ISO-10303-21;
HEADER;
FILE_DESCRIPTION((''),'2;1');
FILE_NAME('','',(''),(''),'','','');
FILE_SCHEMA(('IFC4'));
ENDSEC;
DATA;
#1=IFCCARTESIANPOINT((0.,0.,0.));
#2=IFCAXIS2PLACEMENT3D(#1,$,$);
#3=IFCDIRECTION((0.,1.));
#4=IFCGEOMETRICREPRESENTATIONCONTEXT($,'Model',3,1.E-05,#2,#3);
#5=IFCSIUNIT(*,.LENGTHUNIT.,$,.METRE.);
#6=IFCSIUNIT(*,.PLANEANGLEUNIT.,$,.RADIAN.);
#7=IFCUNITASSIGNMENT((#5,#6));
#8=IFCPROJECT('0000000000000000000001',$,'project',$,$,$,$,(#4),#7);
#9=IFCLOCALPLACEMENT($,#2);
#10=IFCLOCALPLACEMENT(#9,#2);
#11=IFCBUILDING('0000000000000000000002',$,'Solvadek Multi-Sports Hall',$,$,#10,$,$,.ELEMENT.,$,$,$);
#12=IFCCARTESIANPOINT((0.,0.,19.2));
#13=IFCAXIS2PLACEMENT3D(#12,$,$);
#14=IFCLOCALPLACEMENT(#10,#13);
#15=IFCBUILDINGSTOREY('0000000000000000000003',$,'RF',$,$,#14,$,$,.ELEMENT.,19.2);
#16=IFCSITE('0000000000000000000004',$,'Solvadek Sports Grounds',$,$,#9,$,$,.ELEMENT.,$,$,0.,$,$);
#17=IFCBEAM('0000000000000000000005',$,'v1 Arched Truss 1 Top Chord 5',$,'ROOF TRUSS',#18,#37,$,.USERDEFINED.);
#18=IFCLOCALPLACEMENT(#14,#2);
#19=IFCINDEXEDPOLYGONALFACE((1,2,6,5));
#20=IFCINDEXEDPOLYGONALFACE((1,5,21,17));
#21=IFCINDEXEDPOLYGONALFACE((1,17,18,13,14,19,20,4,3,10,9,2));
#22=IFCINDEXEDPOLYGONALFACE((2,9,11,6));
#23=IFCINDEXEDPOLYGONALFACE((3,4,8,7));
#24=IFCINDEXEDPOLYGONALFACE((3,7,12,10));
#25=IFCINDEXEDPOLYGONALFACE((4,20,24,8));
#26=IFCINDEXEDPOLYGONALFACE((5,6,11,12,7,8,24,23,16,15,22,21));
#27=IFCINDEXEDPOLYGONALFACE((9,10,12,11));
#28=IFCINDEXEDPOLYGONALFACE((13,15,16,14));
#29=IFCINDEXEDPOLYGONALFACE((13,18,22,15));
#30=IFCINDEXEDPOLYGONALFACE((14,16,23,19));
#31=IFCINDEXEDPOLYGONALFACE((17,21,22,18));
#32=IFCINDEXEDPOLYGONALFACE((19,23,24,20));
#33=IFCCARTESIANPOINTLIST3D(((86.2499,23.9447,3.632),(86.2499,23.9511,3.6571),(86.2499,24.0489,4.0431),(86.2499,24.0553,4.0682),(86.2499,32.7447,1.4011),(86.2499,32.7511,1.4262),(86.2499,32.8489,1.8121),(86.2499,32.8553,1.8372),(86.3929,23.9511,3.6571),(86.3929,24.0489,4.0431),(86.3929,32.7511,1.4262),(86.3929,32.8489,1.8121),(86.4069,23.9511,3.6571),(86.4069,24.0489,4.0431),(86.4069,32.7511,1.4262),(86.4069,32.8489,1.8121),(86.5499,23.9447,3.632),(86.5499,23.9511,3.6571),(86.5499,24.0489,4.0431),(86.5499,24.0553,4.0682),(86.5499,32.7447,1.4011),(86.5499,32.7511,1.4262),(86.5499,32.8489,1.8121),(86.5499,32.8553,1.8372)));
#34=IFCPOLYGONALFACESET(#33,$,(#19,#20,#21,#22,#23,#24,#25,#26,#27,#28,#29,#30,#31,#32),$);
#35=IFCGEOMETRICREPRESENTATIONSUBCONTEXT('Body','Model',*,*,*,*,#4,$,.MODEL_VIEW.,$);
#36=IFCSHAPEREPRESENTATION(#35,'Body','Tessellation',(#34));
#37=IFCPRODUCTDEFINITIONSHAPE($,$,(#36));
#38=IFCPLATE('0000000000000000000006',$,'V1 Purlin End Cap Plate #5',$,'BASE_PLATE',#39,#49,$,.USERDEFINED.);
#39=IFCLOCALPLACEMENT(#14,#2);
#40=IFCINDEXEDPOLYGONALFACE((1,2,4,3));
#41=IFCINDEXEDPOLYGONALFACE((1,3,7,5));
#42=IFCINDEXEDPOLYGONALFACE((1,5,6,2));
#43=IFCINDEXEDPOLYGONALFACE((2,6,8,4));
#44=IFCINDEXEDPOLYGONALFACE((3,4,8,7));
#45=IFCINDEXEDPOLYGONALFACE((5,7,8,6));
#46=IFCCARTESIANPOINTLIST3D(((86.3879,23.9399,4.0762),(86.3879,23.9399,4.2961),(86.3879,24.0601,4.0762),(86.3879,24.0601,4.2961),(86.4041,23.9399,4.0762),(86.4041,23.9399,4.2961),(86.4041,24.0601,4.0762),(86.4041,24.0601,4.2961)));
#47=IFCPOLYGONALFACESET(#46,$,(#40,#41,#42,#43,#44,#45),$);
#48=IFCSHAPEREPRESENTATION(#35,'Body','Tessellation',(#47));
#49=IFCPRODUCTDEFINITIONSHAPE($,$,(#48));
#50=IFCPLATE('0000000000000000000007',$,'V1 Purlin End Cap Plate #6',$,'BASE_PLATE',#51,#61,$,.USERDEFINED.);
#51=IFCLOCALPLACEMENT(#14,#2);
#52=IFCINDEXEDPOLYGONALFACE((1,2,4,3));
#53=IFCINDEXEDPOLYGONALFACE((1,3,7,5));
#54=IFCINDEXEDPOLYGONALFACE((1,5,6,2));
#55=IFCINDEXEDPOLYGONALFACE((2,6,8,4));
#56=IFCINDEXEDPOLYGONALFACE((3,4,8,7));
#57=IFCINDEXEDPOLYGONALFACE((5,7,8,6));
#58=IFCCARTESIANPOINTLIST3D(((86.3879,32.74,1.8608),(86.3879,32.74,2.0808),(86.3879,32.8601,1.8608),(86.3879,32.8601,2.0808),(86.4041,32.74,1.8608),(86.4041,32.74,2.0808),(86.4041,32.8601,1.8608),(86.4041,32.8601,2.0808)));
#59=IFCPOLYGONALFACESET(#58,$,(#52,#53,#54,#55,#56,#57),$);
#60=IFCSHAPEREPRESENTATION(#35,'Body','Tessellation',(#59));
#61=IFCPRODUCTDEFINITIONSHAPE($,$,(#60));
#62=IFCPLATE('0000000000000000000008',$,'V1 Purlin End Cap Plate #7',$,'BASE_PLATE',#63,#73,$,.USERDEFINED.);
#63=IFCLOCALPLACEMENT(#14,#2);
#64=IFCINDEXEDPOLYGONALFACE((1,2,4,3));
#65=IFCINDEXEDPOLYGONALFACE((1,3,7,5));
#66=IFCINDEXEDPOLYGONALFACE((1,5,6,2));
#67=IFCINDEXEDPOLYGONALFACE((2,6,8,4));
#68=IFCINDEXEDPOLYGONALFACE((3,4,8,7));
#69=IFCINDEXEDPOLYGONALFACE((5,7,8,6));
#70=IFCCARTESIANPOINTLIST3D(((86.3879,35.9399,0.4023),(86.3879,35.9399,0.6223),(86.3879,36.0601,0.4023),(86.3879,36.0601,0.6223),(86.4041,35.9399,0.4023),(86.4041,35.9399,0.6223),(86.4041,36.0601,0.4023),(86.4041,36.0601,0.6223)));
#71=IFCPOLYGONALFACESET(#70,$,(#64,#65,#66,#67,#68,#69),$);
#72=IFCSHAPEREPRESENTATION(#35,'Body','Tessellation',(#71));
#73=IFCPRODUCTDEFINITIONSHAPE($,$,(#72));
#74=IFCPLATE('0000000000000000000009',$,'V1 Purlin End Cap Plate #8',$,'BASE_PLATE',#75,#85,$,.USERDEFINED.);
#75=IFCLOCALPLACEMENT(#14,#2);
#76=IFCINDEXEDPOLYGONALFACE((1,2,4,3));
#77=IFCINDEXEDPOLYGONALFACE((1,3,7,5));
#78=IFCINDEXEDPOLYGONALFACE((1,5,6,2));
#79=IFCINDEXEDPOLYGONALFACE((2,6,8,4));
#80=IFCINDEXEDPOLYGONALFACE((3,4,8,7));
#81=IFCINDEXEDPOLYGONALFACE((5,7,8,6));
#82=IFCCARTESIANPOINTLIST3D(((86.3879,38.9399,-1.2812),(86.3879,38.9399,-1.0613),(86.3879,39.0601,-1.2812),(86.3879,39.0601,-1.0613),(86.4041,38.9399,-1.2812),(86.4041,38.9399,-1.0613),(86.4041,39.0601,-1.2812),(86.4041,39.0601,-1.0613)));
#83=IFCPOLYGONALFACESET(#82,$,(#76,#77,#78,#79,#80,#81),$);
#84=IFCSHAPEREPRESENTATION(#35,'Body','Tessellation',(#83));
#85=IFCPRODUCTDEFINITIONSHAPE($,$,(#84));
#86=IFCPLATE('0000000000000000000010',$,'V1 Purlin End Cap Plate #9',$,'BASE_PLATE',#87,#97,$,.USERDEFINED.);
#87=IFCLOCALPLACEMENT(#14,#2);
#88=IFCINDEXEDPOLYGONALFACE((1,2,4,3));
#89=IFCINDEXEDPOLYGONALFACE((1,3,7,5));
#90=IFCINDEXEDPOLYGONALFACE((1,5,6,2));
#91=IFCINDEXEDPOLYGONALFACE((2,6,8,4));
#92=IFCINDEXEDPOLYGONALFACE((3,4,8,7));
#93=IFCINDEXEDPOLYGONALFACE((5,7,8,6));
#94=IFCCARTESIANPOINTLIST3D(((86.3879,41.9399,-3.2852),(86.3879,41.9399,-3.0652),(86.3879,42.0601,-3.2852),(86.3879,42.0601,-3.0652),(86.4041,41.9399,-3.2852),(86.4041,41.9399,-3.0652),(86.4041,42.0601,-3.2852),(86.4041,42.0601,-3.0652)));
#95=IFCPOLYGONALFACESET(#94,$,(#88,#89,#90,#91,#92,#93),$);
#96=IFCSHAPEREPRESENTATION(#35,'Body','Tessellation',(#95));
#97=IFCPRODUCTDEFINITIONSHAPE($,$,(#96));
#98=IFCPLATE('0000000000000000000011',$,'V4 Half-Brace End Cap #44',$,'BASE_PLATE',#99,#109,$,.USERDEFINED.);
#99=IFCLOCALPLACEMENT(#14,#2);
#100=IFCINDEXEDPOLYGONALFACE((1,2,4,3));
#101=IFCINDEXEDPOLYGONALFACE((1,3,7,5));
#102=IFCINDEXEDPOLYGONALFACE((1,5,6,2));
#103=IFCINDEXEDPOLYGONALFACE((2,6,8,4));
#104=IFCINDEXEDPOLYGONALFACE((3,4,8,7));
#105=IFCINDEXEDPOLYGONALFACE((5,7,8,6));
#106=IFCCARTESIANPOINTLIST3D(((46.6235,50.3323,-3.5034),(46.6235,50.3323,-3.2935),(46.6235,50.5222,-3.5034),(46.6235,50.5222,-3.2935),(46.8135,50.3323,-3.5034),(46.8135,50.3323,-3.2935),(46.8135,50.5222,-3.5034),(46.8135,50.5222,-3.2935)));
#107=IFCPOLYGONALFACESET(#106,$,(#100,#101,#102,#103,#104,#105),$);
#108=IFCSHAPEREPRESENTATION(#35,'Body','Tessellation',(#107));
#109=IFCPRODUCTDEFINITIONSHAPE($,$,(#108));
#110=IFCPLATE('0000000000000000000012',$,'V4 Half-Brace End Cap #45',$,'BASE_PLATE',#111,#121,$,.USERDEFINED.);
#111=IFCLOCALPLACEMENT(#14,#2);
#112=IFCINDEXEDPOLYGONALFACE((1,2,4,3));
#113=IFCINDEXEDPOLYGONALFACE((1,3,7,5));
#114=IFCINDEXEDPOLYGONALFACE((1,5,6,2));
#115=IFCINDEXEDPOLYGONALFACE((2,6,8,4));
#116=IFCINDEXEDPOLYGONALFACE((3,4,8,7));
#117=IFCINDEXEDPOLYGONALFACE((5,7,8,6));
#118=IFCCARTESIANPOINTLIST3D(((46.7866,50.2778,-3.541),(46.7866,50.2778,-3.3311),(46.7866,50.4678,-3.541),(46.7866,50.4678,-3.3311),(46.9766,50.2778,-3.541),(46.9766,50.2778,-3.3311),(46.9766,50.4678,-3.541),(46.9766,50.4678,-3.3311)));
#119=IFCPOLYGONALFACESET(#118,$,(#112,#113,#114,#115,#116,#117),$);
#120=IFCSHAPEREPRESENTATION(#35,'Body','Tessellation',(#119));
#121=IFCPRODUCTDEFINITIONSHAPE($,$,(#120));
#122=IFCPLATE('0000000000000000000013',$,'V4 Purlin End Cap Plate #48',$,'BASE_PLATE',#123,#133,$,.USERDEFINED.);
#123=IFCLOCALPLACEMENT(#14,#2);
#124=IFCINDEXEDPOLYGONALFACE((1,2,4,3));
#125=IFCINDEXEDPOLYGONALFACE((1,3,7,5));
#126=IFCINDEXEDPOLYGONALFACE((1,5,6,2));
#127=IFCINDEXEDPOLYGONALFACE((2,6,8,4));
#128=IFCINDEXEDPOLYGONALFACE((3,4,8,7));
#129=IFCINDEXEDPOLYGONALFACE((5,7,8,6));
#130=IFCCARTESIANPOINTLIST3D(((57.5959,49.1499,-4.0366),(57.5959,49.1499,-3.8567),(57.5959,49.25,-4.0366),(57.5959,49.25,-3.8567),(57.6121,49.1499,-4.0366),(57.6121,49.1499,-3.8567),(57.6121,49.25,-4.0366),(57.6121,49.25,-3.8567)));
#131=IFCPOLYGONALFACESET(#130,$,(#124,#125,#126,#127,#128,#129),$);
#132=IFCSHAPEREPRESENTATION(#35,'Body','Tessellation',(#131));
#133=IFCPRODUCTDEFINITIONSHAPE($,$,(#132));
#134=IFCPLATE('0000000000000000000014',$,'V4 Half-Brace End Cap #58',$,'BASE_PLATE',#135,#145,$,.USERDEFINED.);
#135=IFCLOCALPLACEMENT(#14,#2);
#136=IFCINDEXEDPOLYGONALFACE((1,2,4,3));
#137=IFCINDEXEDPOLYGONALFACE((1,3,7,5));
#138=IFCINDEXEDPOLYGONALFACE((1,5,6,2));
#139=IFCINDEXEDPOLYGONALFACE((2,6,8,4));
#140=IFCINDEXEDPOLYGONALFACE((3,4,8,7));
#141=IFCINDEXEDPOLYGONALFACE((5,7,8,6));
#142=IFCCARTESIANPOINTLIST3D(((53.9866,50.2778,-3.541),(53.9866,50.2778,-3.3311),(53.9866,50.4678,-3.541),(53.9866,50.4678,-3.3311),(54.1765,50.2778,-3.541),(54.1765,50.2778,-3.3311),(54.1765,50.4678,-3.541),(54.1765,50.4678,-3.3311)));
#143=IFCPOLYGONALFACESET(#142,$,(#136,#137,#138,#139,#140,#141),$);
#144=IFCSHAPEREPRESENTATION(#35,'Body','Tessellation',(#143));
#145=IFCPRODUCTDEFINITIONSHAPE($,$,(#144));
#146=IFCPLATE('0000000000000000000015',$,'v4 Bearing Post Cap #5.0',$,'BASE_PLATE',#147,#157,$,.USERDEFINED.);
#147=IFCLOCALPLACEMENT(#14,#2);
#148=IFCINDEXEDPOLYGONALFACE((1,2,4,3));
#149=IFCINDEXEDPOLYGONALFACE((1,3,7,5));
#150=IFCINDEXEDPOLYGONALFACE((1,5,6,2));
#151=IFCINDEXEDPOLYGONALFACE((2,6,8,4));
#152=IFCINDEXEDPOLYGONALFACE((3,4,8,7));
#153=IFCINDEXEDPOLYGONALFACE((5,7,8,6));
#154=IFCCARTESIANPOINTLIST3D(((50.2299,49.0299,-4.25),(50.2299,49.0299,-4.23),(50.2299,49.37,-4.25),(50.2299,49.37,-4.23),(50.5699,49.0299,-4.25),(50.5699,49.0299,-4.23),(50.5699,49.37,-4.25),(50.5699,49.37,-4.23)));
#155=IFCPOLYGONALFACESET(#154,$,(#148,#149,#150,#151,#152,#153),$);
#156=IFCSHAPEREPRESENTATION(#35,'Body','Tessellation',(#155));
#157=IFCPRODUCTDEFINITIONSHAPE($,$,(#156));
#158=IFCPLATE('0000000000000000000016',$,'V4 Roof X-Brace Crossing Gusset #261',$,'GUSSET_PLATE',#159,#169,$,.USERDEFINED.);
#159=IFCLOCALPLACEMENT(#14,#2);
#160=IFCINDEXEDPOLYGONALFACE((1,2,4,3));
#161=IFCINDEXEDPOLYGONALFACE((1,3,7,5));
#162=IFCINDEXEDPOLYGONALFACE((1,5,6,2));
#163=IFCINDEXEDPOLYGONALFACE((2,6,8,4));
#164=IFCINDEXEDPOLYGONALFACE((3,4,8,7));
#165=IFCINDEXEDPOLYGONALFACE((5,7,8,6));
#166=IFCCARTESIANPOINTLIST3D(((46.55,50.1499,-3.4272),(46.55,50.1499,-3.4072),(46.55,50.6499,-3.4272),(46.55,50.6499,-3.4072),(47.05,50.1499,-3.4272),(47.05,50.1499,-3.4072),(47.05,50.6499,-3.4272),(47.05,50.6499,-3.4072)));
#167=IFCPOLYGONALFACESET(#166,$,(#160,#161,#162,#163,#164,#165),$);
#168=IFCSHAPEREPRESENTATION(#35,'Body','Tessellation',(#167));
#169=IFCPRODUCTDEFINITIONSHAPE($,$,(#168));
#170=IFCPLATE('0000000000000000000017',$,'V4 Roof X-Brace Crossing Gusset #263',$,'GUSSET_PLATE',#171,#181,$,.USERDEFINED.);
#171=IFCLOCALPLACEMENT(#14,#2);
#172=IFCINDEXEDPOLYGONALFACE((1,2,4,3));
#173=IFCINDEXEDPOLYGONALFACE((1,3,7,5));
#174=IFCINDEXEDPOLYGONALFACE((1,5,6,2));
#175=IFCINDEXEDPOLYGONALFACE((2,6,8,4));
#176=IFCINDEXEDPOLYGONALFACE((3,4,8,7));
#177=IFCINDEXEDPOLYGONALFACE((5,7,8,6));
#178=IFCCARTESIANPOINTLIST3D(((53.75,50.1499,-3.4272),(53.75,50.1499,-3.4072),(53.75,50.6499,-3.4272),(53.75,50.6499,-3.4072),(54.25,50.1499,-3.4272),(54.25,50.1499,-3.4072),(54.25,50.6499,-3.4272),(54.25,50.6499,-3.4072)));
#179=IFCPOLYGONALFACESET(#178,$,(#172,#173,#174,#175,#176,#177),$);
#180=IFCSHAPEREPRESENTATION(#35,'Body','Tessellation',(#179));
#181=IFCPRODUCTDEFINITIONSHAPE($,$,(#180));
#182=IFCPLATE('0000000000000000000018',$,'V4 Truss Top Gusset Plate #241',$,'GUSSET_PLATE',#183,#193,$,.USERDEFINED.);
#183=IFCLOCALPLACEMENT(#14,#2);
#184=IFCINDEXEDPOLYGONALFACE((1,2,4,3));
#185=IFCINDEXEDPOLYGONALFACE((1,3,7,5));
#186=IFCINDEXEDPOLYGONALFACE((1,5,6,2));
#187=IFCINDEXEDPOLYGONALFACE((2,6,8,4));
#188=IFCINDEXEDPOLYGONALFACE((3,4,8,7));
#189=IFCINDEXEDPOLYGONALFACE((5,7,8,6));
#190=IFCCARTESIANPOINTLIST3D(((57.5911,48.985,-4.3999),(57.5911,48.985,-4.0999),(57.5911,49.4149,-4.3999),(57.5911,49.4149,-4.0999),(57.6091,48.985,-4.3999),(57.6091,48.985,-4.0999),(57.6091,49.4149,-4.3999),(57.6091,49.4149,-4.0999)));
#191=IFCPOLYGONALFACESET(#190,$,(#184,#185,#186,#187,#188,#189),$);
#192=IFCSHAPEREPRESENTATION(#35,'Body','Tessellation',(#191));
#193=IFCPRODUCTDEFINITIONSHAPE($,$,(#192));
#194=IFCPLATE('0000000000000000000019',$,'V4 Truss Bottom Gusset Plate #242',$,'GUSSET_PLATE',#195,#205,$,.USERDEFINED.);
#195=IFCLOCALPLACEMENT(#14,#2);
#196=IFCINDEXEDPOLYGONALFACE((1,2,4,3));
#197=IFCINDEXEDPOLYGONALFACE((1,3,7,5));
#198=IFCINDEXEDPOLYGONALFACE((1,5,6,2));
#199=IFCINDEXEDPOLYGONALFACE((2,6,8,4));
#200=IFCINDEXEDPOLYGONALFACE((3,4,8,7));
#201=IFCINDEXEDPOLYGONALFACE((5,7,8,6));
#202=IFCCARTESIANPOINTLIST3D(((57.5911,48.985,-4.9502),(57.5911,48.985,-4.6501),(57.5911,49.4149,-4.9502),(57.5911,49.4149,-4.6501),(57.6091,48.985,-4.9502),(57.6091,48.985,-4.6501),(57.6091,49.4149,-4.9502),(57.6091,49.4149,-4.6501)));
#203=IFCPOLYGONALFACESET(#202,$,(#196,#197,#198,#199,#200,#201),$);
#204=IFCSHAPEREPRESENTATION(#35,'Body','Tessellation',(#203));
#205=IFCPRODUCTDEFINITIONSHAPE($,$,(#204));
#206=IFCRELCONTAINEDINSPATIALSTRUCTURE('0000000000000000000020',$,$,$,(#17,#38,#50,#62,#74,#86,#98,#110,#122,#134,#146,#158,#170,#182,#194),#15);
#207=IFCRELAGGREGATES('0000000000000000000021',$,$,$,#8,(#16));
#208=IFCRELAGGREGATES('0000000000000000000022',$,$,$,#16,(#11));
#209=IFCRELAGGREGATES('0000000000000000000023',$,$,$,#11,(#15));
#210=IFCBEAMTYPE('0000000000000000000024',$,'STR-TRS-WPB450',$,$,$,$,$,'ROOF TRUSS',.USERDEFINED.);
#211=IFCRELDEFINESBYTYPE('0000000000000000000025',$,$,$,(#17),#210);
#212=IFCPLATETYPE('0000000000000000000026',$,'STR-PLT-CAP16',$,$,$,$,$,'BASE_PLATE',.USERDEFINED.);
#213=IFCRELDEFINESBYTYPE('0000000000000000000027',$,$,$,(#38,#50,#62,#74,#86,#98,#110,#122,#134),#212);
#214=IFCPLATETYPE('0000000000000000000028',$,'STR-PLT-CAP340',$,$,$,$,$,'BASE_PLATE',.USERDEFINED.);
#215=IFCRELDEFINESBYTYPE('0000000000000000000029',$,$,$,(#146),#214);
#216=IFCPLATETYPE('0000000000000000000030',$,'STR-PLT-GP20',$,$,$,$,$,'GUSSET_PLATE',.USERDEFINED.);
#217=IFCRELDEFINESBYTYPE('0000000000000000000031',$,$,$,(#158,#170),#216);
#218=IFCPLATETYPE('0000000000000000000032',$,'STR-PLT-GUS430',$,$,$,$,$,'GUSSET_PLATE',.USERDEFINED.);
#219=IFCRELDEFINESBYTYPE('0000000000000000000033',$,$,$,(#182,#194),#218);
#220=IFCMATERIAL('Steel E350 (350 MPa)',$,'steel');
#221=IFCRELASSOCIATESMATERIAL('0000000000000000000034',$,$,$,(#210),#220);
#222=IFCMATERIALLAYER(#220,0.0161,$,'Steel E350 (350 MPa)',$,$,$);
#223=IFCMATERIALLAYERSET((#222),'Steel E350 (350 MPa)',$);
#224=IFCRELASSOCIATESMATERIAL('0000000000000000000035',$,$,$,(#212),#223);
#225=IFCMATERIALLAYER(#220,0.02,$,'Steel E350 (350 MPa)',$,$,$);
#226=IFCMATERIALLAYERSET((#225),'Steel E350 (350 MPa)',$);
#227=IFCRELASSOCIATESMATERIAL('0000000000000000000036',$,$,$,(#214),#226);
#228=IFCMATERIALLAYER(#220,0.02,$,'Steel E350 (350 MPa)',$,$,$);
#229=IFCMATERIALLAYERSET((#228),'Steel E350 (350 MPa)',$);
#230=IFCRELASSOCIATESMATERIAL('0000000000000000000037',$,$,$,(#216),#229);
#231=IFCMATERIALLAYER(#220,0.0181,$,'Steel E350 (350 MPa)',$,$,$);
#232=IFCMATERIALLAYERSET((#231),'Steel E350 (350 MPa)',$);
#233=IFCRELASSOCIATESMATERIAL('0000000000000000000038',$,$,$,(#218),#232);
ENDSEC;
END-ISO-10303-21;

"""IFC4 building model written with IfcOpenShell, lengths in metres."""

from ifc_helpers import new_model, si_unit, direction, frame, origin, origin_2d, place, context, subcontext, project, spatial, rectangle, i_section, extrude, material, layer, layer_set, material_profile, profile_set, type_object, element, save


model = new_model("IFC4")

# Units and contexts
model_context = context("Model", 3, precision=1e-05, world=origin(), true_north=direction((0.0, 1.0)))
body_context = subcontext(model_context, "Body", "Model", "MODEL_VIEW")
ifc_project = project(units=[si_unit("LENGTHUNIT", "METRE"), si_unit("PLANEANGLEUNIT", "RADIAN")], contexts=[model_context])

# Site, building, storey
site_placement = place(None, origin())
site = spatial("IfcSite", under=ifc_project, at=site_placement, Name="Solvadek Sports Grounds", CompositionType="ELEMENT", RefElevation=0.0)
building_placement = place(site_placement, origin())
building = spatial("IfcBuilding", under=site, at=building_placement, Name="Solvadek Multi-Sports Hall", CompositionType="ELEMENT")
storey_placement = place(building_placement, frame((0.0, 0.0, 19.2)))
storey = spatial("IfcBuildingStorey", under=building, at=storey_placement, Name="RF", CompositionType="ELEMENT", Elevation=19.2)

# Shared definitions
ifc_material_1 = material(Name="Steel E350 (350 MPa)", Category="steel")

# Beam
ifc_material_profile_1 = material_profile(ifc_material_1, i_section(OverallWidth=0.3, OverallDepth=0.45, WebThickness=0.0139, FlangeThickness=0.0259, at=origin_2d()), Name="WPB 450")
ifc_profile_set_1 = profile_set([ifc_material_profile_1], Name="Steel E350 (350 MPa)")
beam_type_1 = type_object("IfcBeamType", Name="STR-TRS-WPB450", ElementType="ROOF TRUSS", PredefinedType="USERDEFINED", material=ifc_profile_set_1)
beam_placement = place(storey_placement, frame((86.3999, 24.0, 3.8501), z_axis=(0.0, 0.969335, -0.245742), x_axis=(-1.0, 0.0, 0.0)))
element("IfcBeam", 1, at=beam_placement, inside=storey, type_object=beam_type_1, Name="v1 Arched Truss 1 Top Chord 5", ObjectType="ROOF TRUSS", PredefinedType="USERDEFINED", context=body_context, shape_type="SweptSolid", body=[
    extrude(i_section(OverallWidth=0.3, OverallDepth=0.45, WebThickness=0.0139, FlangeThickness=0.0259, at=origin_2d()), origin(), (0.0, 0.0, 1.0), 9.0784),
])

# Plates
ifc_layer_1 = layer(ifc_material_1, 0.0161, Name="Steel E350 (350 MPa)")
ifc_layer_set_1 = layer_set([ifc_layer_1], Name="Steel E350 (350 MPa)")
plate_type_1 = type_object("IfcPlateType", Name="STR-PLT-CAP16", ElementType="BASE_PLATE", PredefinedType="USERDEFINED", material=ifc_layer_set_1)
for number, where, z_axis, x_axis, name in (
    (2, (86.396, 24.0, 4.0762), (0.0, 0.0, 1.0), (1.0, 0.0, 0.0), "V1 Purlin End Cap Plate #5"),
    (3, (86.396, 32.8, 1.8608), (0.0, 0.0, 1.0), (1.0, 0.0, 0.0), "V1 Purlin End Cap Plate #6"),
    (4, (86.396, 36.0, 0.4023), (0.0, 0.0, 1.0), (1.0, 0.0, 0.0), "V1 Purlin End Cap Plate #7"),
    (5, (86.396, 39.0, -1.2812), (0.0, 0.0, 1.0), (1.0, 0.0, 0.0), "V1 Purlin End Cap Plate #8"),
    (6, (86.396, 42.0, -3.2852), (0.0, 0.0, 1.0), (1.0, 0.0, 0.0), "V1 Purlin End Cap Plate #9"),
):
    element("IfcPlate", number, at=place(storey_placement, frame(where, z_axis=z_axis, x_axis=x_axis)), inside=storey, type_object=plate_type_1, Name=name, ObjectType="BASE_PLATE", PredefinedType="USERDEFINED", context=body_context, shape_type="SweptSolid", body=[
        extrude(rectangle(XDim=0.0161, YDim=0.1201, at=origin_2d()), origin(), (0.0, 0.0, 1.0), 0.22),
    ])
for number, where, z_axis, x_axis, name in (
    (7, (46.7185, 50.4272, -3.5034), (0.0, 0.0, 1.0), (1.0, 0.0, 0.0), "V4 Half-Brace End Cap #44"),
    (8, (46.8816, 50.3728, -3.541), (0.0, 0.0, 1.0), (1.0, 0.0, 0.0), "V4 Half-Brace End Cap #45"),
):
    element("IfcPlate", number, at=place(storey_placement, frame(where, z_axis=z_axis, x_axis=x_axis)), inside=storey, type_object=plate_type_1, Name=name, ObjectType="BASE_PLATE", PredefinedType="USERDEFINED", context=body_context, shape_type="SweptSolid", body=[
        extrude(rectangle(XDim=0.1899, YDim=0.1899, at=origin_2d()), origin(), (0.0, 0.0, 1.0), 0.21),
    ])
plate_1_placement = place(storey_placement, frame((57.604, 49.2, -4.0366), z_axis=(0.0, 0.0, 1.0), x_axis=(1.0, 0.0, 0.0)))
element("IfcPlate", 9, at=plate_1_placement, inside=storey, type_object=plate_type_1, Name="V4 Purlin End Cap Plate #48", ObjectType="BASE_PLATE", PredefinedType="USERDEFINED", context=body_context, shape_type="SweptSolid", body=[
    extrude(rectangle(XDim=0.0161, YDim=0.1001, at=origin_2d()), origin(), (0.0, 0.0, 1.0), 0.1799),
])
plate_2_placement = place(storey_placement, frame((54.0815, 50.3728, -3.541), z_axis=(0.0, 0.0, 1.0), x_axis=(1.0, 0.0, 0.0)))
element("IfcPlate", 10, at=plate_2_placement, inside=storey, type_object=plate_type_1, Name="V4 Half-Brace End Cap #58", ObjectType="BASE_PLATE", PredefinedType="USERDEFINED", context=body_context, shape_type="SweptSolid", body=[
    extrude(rectangle(XDim=0.1899, YDim=0.1899, at=origin_2d()), origin(), (0.0, 0.0, 1.0), 0.21),
])
ifc_layer_2 = layer(ifc_material_1, 0.02, Name="Steel E350 (350 MPa)")
ifc_layer_set_2 = layer_set([ifc_layer_2], Name="Steel E350 (350 MPa)")
plate_type_2 = type_object("IfcPlateType", Name="STR-PLT-CAP340", ElementType="BASE_PLATE", PredefinedType="USERDEFINED", material=ifc_layer_set_2)
plate_3_placement = place(storey_placement, frame((50.3999, 49.2, -4.25), z_axis=(0.0, 0.0, 1.0), x_axis=(1.0, 0.0, 0.0)))
element("IfcPlate", 11, at=plate_3_placement, inside=storey, type_object=plate_type_2, Name="v4 Bearing Post Cap #5.0", ObjectType="BASE_PLATE", PredefinedType="USERDEFINED", context=body_context, shape_type="SweptSolid", body=[
    extrude(rectangle(XDim=0.3401, YDim=0.3401, at=origin_2d()), origin(), (0.0, 0.0, 1.0), 0.02),
])
ifc_layer_3 = layer(ifc_material_1, 0.02, Name="Steel E350 (350 MPa)")
ifc_layer_set_3 = layer_set([ifc_layer_3], Name="Steel E350 (350 MPa)")
plate_type_3 = type_object("IfcPlateType", Name="STR-PLT-GP20", ElementType="GUSSET_PLATE", PredefinedType="USERDEFINED", material=ifc_layer_set_3)
for number, where, z_axis, x_axis, name in (
    (12, (46.8, 50.3999, -3.4272), (0.0, 0.0, 1.0), (1.0, 0.0, 0.0), "V4 Roof X-Brace Crossing Gusset #261"),
    (13, (54.0, 50.3999, -3.4272), (0.0, 0.0, 1.0), (1.0, 0.0, 0.0), "V4 Roof X-Brace Crossing Gusset #263"),
):
    element("IfcPlate", number, at=place(storey_placement, frame(where, z_axis=z_axis, x_axis=x_axis)), inside=storey, type_object=plate_type_3, Name=name, ObjectType="GUSSET_PLATE", PredefinedType="USERDEFINED", context=body_context, shape_type="SweptSolid", body=[
        extrude(rectangle(XDim=0.5, YDim=0.5, at=origin_2d()), origin(), (0.0, 0.0, 1.0), 0.02),
    ])
ifc_layer_4 = layer(ifc_material_1, 0.0181, Name="Steel E350 (350 MPa)")
ifc_layer_set_4 = layer_set([ifc_layer_4], Name="Steel E350 (350 MPa)")
plate_type_4 = type_object("IfcPlateType", Name="STR-PLT-GUS430", ElementType="GUSSET_PLATE", PredefinedType="USERDEFINED", material=ifc_layer_set_4)
for number, where, z_axis, x_axis, name in (
    (14, (57.6001, 49.2, -4.3999), (0.0, 0.0, 1.0), (0.0, 1.0, 0.0), "V4 Truss Top Gusset Plate #241"),
    (15, (57.6001, 49.2, -4.9502), (0.0, 0.0, 1.0), (0.0, 1.0, 0.0), "V4 Truss Bottom Gusset Plate #242"),
):
    element("IfcPlate", number, at=place(storey_placement, frame(where, z_axis=z_axis, x_axis=x_axis)), inside=storey, type_object=plate_type_4, Name=name, ObjectType="GUSSET_PLATE", PredefinedType="USERDEFINED", context=body_context, shape_type="SweptSolid", body=[
        extrude(rectangle(XDim=0.4299, YDim=0.0181, at=origin_2d()), origin(), (0.0, 0.0, 1.0), 0.3),
    ])

save(model, "model.ifc")
